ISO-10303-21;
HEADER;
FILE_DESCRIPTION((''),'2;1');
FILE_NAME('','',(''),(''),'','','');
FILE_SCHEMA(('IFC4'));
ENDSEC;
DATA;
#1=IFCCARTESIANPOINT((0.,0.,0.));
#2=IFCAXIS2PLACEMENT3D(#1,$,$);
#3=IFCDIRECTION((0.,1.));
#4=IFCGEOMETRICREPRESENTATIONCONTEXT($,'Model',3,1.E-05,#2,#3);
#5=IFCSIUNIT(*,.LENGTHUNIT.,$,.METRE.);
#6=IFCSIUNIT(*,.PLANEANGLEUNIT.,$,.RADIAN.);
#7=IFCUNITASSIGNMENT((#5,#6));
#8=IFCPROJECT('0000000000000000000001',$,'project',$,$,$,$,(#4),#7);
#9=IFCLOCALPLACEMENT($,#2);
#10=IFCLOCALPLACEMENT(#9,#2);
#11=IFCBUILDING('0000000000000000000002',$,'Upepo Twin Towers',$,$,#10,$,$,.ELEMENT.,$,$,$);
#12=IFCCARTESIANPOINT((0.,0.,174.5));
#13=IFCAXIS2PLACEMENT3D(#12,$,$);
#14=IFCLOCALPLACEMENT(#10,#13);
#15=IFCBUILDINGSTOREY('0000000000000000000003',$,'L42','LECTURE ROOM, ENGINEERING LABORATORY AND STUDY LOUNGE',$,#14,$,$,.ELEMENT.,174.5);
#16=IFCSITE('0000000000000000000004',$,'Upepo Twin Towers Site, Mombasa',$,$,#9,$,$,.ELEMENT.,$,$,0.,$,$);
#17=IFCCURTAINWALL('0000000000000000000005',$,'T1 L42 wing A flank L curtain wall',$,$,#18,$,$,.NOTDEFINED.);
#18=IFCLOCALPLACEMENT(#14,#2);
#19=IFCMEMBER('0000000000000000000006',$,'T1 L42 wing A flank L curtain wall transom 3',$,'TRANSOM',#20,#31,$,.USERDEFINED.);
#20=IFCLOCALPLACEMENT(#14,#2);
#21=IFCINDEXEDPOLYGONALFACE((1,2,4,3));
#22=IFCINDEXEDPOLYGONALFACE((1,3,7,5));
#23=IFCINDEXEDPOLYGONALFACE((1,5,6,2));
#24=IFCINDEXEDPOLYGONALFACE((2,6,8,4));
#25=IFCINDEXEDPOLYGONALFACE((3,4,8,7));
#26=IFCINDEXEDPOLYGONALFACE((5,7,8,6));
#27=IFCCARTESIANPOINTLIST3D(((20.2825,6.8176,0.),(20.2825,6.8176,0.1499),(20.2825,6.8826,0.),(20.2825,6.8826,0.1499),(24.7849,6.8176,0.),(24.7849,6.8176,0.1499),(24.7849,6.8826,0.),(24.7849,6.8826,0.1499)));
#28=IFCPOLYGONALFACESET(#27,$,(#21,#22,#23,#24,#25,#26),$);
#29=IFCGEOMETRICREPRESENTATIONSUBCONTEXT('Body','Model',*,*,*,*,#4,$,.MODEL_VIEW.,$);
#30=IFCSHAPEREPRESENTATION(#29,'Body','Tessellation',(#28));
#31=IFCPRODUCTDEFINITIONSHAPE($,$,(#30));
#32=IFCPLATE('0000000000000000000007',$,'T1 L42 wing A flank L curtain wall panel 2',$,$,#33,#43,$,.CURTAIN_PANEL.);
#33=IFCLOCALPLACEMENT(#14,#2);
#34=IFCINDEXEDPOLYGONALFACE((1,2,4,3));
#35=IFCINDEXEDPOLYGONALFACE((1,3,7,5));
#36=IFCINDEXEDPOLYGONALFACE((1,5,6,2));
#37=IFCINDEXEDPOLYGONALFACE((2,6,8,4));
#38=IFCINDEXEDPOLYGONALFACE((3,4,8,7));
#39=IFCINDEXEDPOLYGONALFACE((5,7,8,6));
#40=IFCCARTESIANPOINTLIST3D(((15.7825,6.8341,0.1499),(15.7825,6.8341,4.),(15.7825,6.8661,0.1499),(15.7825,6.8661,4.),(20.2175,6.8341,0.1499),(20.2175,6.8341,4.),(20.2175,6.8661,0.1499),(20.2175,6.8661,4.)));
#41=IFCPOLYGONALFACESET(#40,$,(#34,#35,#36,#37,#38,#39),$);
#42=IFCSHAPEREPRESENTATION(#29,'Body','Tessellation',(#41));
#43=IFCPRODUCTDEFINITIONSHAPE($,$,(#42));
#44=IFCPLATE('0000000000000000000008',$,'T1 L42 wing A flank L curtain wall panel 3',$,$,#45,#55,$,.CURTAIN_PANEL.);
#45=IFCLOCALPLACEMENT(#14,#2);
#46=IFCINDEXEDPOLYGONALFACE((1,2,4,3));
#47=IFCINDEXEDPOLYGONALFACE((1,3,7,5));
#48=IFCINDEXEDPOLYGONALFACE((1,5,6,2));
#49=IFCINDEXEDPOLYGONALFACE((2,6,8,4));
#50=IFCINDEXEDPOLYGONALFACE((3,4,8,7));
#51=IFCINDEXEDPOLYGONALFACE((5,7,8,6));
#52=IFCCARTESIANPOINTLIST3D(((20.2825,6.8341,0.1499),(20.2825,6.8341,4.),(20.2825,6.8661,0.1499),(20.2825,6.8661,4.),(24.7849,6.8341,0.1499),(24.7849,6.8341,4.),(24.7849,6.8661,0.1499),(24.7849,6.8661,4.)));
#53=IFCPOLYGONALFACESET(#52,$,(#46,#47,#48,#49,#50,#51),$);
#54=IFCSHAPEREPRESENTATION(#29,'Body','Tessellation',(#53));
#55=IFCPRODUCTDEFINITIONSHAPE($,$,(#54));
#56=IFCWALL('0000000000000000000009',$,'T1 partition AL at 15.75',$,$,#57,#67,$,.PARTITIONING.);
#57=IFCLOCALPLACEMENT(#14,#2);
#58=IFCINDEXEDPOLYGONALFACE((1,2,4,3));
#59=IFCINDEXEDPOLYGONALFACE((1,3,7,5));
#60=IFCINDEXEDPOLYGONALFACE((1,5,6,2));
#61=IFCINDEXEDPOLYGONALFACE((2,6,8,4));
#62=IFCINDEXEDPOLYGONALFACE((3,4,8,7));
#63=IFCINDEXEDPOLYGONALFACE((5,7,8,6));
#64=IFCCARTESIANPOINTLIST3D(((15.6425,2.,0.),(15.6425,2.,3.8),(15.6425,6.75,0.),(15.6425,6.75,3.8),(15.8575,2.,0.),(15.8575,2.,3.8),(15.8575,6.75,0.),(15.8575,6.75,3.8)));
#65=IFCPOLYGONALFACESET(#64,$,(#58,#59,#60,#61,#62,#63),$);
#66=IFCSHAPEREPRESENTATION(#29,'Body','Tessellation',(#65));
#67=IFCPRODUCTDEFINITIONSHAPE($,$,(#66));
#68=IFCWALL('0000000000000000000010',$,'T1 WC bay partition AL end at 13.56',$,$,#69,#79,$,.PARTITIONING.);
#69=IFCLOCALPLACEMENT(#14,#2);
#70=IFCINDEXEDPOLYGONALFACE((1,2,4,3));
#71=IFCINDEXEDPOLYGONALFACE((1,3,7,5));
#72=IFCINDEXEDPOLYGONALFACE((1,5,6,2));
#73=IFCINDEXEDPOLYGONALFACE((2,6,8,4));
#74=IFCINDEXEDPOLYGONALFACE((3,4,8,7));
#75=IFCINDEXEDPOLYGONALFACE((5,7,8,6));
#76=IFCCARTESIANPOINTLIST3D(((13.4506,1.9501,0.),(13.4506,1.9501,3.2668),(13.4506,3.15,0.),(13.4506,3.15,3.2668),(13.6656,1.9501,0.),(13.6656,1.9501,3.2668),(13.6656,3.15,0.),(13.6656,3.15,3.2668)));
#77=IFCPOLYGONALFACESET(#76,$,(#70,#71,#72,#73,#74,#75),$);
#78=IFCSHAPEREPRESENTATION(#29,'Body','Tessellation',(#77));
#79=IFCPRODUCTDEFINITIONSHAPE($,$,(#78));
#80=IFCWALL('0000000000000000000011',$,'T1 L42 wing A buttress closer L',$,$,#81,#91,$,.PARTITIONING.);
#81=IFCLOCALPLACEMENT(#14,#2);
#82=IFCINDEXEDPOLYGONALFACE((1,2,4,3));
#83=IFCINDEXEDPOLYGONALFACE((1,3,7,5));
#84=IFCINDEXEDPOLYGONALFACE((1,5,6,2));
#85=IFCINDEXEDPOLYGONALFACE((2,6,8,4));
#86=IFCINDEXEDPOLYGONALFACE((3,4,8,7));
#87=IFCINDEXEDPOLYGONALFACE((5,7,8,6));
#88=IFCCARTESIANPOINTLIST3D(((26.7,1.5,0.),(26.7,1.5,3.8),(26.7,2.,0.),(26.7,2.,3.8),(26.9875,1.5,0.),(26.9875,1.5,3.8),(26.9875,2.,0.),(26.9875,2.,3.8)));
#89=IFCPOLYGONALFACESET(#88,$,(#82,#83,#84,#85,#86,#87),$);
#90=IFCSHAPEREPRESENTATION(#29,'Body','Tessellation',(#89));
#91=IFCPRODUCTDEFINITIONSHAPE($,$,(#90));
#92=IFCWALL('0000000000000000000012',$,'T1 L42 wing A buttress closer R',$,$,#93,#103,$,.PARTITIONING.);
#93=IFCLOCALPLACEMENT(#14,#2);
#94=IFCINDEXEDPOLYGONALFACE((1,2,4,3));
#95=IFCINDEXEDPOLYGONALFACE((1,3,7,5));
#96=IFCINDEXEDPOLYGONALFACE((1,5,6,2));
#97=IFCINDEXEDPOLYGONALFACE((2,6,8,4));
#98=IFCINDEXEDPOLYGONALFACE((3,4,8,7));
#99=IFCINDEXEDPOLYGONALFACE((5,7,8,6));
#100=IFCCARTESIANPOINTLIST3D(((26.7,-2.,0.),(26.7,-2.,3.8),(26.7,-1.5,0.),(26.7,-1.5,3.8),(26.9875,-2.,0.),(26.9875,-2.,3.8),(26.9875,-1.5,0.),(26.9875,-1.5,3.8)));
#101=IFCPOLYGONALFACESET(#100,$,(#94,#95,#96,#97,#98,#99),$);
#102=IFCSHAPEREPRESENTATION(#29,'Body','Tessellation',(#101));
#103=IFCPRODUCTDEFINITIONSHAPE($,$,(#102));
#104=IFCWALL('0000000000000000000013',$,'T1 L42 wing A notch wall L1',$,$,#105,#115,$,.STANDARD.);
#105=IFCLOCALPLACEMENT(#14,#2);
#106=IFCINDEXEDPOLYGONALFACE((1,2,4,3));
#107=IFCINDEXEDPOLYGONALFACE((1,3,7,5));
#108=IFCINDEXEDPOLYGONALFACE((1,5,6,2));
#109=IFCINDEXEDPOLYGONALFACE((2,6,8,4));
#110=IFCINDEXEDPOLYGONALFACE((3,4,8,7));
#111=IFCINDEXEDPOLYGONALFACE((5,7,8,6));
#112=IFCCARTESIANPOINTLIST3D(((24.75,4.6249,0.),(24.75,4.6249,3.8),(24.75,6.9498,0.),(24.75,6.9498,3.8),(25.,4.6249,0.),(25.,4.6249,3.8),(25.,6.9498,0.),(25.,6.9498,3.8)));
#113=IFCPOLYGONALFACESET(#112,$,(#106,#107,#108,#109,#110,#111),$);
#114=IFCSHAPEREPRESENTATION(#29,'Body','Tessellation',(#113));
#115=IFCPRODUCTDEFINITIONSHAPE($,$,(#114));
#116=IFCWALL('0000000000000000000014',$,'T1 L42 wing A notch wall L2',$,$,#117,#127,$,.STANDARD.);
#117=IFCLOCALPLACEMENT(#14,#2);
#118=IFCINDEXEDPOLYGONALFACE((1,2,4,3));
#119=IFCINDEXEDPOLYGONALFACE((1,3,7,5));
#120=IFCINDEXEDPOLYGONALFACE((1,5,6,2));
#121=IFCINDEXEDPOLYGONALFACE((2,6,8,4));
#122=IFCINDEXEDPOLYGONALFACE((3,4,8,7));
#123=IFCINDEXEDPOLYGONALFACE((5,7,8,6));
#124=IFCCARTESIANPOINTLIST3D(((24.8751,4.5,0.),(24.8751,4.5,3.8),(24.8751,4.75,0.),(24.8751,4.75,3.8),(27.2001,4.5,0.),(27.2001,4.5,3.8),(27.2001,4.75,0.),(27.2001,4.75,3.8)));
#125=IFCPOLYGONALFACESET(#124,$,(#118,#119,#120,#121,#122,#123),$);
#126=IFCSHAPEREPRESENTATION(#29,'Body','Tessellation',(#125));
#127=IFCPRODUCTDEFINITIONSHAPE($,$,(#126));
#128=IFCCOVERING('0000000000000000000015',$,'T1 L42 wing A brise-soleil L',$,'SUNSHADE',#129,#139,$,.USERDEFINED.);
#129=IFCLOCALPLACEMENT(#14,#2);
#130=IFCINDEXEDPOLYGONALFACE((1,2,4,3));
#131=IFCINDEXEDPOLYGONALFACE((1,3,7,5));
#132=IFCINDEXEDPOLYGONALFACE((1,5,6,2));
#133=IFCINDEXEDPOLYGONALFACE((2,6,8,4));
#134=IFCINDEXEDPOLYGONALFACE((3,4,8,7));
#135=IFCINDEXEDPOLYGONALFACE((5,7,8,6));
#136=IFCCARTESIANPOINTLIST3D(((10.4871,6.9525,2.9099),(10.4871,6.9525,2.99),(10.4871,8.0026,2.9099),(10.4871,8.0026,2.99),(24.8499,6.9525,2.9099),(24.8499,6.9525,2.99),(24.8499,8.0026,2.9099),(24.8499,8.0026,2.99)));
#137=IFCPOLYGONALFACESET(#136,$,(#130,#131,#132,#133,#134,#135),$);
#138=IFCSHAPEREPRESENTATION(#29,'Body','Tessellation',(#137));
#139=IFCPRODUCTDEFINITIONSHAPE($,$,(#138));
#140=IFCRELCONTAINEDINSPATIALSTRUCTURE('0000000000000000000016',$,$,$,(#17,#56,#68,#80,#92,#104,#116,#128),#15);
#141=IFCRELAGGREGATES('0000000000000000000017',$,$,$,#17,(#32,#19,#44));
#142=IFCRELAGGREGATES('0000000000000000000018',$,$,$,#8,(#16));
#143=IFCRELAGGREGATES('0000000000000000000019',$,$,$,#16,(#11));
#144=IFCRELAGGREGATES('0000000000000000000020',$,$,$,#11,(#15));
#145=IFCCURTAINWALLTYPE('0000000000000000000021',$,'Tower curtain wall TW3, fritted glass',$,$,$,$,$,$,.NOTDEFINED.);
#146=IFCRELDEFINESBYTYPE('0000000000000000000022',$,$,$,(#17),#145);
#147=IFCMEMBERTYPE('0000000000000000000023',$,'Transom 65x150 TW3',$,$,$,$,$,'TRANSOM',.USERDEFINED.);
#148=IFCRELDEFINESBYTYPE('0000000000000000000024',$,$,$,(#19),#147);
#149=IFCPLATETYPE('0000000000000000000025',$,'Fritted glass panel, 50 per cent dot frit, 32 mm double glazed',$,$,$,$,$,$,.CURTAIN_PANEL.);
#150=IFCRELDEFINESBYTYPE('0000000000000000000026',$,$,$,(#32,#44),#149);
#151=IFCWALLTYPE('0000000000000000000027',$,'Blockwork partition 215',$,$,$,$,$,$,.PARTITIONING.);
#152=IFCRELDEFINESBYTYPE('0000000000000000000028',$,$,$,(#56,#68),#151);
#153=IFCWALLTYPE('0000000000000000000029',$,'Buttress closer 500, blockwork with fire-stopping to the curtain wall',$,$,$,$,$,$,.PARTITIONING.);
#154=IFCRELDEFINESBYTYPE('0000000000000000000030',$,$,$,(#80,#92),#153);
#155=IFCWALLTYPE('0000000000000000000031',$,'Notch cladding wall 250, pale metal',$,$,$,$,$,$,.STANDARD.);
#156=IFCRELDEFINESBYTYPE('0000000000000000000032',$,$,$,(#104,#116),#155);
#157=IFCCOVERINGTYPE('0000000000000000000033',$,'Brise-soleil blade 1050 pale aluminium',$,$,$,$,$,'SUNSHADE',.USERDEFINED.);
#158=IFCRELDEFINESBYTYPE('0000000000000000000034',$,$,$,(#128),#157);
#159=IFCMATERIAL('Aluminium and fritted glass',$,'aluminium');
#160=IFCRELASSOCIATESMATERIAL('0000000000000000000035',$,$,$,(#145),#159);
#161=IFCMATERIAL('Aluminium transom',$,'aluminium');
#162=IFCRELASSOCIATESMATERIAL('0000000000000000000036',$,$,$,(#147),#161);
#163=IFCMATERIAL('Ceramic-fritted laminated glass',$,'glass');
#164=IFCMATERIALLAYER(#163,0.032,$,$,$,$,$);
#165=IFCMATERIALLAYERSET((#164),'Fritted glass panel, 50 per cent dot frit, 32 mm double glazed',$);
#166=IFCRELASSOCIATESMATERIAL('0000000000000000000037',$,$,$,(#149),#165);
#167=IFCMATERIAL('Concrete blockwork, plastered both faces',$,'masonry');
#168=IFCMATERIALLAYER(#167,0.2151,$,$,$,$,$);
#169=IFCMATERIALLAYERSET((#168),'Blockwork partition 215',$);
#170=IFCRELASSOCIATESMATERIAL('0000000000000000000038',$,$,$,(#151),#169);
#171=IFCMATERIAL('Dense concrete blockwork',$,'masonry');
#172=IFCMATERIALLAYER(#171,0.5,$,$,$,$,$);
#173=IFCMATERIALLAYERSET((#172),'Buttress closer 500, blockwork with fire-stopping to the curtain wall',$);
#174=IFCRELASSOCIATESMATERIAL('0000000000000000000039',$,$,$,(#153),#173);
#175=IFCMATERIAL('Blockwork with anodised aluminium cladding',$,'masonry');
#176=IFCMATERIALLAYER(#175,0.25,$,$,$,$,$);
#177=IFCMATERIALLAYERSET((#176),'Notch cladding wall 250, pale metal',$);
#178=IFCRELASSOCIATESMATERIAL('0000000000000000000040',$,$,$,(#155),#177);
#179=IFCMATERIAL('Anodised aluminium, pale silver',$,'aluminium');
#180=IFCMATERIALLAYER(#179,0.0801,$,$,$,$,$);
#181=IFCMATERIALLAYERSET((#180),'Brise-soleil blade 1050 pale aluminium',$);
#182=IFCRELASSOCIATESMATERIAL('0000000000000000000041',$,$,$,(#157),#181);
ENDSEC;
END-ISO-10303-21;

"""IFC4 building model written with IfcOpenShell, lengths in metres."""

from ifc_helpers import new_model, si_unit, direction, frame, frame_2d, origin, origin_2d, place, context, subcontext, project, spatial, rectangle, extrude, material, layer, layer_set, material_profile, profile_set, type_object, element, aggregate, save


model = new_model("IFC4")

# Units and contexts
model_context = context("Model", 3, precision=1e-05, world=origin(), true_north=direction((0.0, 1.0)))
body_context = subcontext(model_context, "Body", "Model", "MODEL_VIEW")
ifc_project = project(units=[si_unit("LENGTHUNIT", "METRE"), si_unit("PLANEANGLEUNIT", "RADIAN")], contexts=[model_context])

# Site, building, storey
site_placement = place(None, origin())
site = spatial("IfcSite", under=ifc_project, at=site_placement, Name="Upepo Twin Towers Site, Mombasa", CompositionType="ELEMENT", RefElevation=0.0)
building_placement = place(site_placement, origin())
building = spatial("IfcBuilding", under=site, at=building_placement, Name="Upepo Twin Towers", CompositionType="ELEMENT")
storey_placement = place(building_placement, frame((0.0, 0.0, 174.5)))
storey = spatial("IfcBuildingStorey", under=building, at=storey_placement, Name="L42", Description="LECTURE ROOM, ENGINEERING LABORATORY AND STUDY LOUNGE", CompositionType="ELEMENT", Elevation=174.5)

# Curtain wall
ifc_material_1 = material(Name="Aluminium and fritted glass", Category="aluminium")
curtain_wall_type = type_object("IfcCurtainWallType", Name="Tower curtain wall TW3, fritted glass", PredefinedType="NOTDEFINED", material=ifc_material_1)
curtain_wall_1_placement = place(storey_placement, origin())
curtain_wall_1 = element("IfcCurtainWall", 1, at=curtain_wall_1_placement, inside=storey, type_object=curtain_wall_type, Name="T1 L42 wing A flank L curtain wall", PredefinedType="NOTDEFINED")

# Member
ifc_material_2 = material(Name="Aluminium transom", Category="aluminium")
ifc_material_profile_1 = material_profile(ifc_material_2, rectangle(XDim=0.0649, YDim=0.1499, at=origin_2d()), Name="TRANSOM 65x150")
ifc_profile_set_1 = profile_set([ifc_material_profile_1], Name="Aluminium transom")
member_type_1 = type_object("IfcMemberType", Name="Transom 65x150 TW3", ElementType="TRANSOM", PredefinedType="USERDEFINED", material=ifc_profile_set_1)
member_1_placement = place(storey_placement, frame((20.2825, 6.8501, 0.075), z_axis=(1.0, 0.0, 0.0), x_axis=(0.0, 1.0, 0.0)))
member_1 = element("IfcMember", 2, at=member_1_placement, type_object=member_type_1, Name="T1 L42 wing A flank L curtain wall transom 3", ObjectType="TRANSOM", PredefinedType="USERDEFINED", context=body_context, shape_type="SweptSolid", body=[
    extrude(rectangle(XDim=0.0649, YDim=0.1499, at=origin_2d()), origin(), (0.0, 0.0, 1.0), 4.5024),
])

# Plates
ifc_material_3 = material(Name="Ceramic-fritted laminated glass", Category="glass")
ifc_layer_1 = layer(ifc_material_3, 0.032)
ifc_layer_set_1 = layer_set([ifc_layer_1], Name="Fritted glass panel, 50 per cent dot frit, 32 mm double glazed")
plate_type = type_object("IfcPlateType", Name="Fritted glass panel, 50 per cent dot frit, 32 mm double glazed", PredefinedType="CURTAIN_PANEL", material=ifc_layer_set_1)
plate_1_placement = place(storey_placement, frame((18.0, 6.8501, 0.1499), z_axis=(0.0, 0.0, 1.0), x_axis=(1.0, 0.0, 0.0)))
plate_1 = element("IfcPlate", 3, at=plate_1_placement, type_object=plate_type, Name="T1 L42 wing A flank L curtain wall panel 2", PredefinedType="CURTAIN_PANEL", context=body_context, shape_type="SweptSolid", body=[
    extrude(rectangle(XDim=4.4351, YDim=0.032, at=origin_2d()), origin(), (0.0, 0.0, 1.0), 3.8501),
])
plate_2_placement = place(storey_placement, frame((22.5337, 6.8501, 0.1499), z_axis=(0.0, 0.0, 1.0), x_axis=(1.0, 0.0, 0.0)))
plate_2 = element("IfcPlate", 4, at=plate_2_placement, type_object=plate_type, Name="T1 L42 wing A flank L curtain wall panel 3", PredefinedType="CURTAIN_PANEL", context=body_context, shape_type="SweptSolid", body=[
    extrude(rectangle(XDim=4.5024, YDim=0.032, at=origin_2d()), origin(), (0.0, 0.0, 1.0), 3.8501),
])
aggregate(curtain_wall_1, [plate_1, member_1, plate_2])

# Walls
ifc_material_4 = material(Name="Concrete blockwork, plastered both faces", Category="masonry")
ifc_layer_2 = layer(ifc_material_4, 0.2151)
ifc_layer_set_2 = layer_set([ifc_layer_2], Name="Blockwork partition 215")
wall_type_1 = type_object("IfcWallType", Name="Blockwork partition 215", PredefinedType="PARTITIONING", material=ifc_layer_set_2)
wall_1_placement = place(storey_placement, frame((15.75, 2.0, 0.0), z_axis=(0.0, 0.0, 1.0), x_axis=(0.0, 1.0, 0.0)))
element("IfcWall", 5, at=wall_1_placement, inside=storey, type_object=wall_type_1, Name="T1 partition AL at 15.75", PredefinedType="PARTITIONING", context=body_context, shape_type="SweptSolid", body=[
    extrude(rectangle(XDim=4.75, YDim=0.2151, at=frame_2d((2.375, 0.0))), origin(), (0.0, 0.0, 1.0), 3.8),
])
wall_2_placement = place(storey_placement, frame((13.5581, 1.95, 0.0), z_axis=(0.0, 0.0, 1.0), x_axis=(0.0, 1.0, 0.0)))
element("IfcWall", 6, at=wall_2_placement, inside=storey, type_object=wall_type_1, Name="T1 WC bay partition AL end at 13.56", PredefinedType="PARTITIONING", context=body_context, shape_type="SweptSolid", body=[
    extrude(rectangle(XDim=1.2, YDim=0.2151, at=frame_2d((0.6001, 0.0))), origin(), (0.0, 0.0, 1.0), 3.2668),
])
ifc_material_5 = material(Name="Dense concrete blockwork", Category="masonry")
ifc_layer_3 = layer(ifc_material_5, 0.5)
ifc_layer_set_3 = layer_set([ifc_layer_3], Name="Buttress closer 500, blockwork with fire-stopping to the curtain wall")
wall_type_2 = type_object("IfcWallType", Name="Buttress closer 500, blockwork with fire-stopping to the curtain wall", PredefinedType="PARTITIONING", material=ifc_layer_set_3)
for number, where, z_axis, x_axis, name in (
    (7, (26.7, 1.75, 0.0), (0.0, 0.0, 1.0), (1.0, 0.0, 0.0), "T1 L42 wing A buttress closer L"),
    (8, (26.7, -1.75, 0.0), (0.0, 0.0, 1.0), (1.0, 0.0, 0.0), "T1 L42 wing A buttress closer R"),
):
    element("IfcWall", number, at=place(storey_placement, frame(where, z_axis=z_axis, x_axis=x_axis)), inside=storey, type_object=wall_type_2, Name=name, PredefinedType="PARTITIONING", context=body_context, shape_type="SweptSolid", body=[
        extrude(rectangle(XDim=0.2876, YDim=0.5, at=frame_2d((0.1438, 0.0))), origin(), (0.0, 0.0, 1.0), 3.8),
    ])
ifc_material_6 = material(Name="Blockwork with anodised aluminium cladding", Category="masonry")
ifc_layer_4 = layer(ifc_material_6, 0.25)
ifc_layer_set_4 = layer_set([ifc_layer_4], Name="Notch cladding wall 250, pale metal")
wall_type_3 = type_object("IfcWallType", Name="Notch cladding wall 250, pale metal", PredefinedType="STANDARD", material=ifc_layer_set_4)
for number, where, z_axis, x_axis, name in (
    (9, (24.875, 6.95, 0.0), (0.0, 0.0, 1.0), (0.0, -1.0, 0.0), "T1 L42 wing A notch wall L1"),
    (10, (24.875, 4.625, 0.0), (0.0, 0.0, 1.0), (1.0, 0.0, 0.0), "T1 L42 wing A notch wall L2"),
):
    element("IfcWall", number, at=place(storey_placement, frame(where, z_axis=z_axis, x_axis=x_axis)), inside=storey, type_object=wall_type_3, Name=name, PredefinedType="STANDARD", context=body_context, shape_type="SweptSolid", body=[
        extrude(rectangle(XDim=2.325, YDim=0.25, at=frame_2d((1.1626, 0.0))), origin(), (0.0, 0.0, 1.0), 3.8),
    ])

# Covering
ifc_material_7 = material(Name="Anodised aluminium, pale silver", Category="aluminium")
ifc_layer_5 = layer(ifc_material_7, 0.0801)
ifc_layer_set_5 = layer_set([ifc_layer_5], Name="Brise-soleil blade 1050 pale aluminium")
covering_type = type_object("IfcCoveringType", Name="Brise-soleil blade 1050 pale aluminium", ElementType="SUNSHADE", PredefinedType="USERDEFINED", material=ifc_layer_set_5)
covering_placement = place(storey_placement, frame((17.6685, 7.4775, 2.9099), z_axis=(0.0, 0.0, 1.0), x_axis=(1.0, 0.0, 0.0)))
element("IfcCovering", 11, at=covering_placement, inside=storey, type_object=covering_type, Name="T1 L42 wing A brise-soleil L", ObjectType="SUNSHADE", PredefinedType="USERDEFINED", context=body_context, shape_type="SweptSolid", body=[
    extrude(rectangle(XDim=14.3628, YDim=1.05, at=origin_2d()), origin(), (0.0, 0.0, 1.0), 0.0801),
])

save(model, "model.ifc")
